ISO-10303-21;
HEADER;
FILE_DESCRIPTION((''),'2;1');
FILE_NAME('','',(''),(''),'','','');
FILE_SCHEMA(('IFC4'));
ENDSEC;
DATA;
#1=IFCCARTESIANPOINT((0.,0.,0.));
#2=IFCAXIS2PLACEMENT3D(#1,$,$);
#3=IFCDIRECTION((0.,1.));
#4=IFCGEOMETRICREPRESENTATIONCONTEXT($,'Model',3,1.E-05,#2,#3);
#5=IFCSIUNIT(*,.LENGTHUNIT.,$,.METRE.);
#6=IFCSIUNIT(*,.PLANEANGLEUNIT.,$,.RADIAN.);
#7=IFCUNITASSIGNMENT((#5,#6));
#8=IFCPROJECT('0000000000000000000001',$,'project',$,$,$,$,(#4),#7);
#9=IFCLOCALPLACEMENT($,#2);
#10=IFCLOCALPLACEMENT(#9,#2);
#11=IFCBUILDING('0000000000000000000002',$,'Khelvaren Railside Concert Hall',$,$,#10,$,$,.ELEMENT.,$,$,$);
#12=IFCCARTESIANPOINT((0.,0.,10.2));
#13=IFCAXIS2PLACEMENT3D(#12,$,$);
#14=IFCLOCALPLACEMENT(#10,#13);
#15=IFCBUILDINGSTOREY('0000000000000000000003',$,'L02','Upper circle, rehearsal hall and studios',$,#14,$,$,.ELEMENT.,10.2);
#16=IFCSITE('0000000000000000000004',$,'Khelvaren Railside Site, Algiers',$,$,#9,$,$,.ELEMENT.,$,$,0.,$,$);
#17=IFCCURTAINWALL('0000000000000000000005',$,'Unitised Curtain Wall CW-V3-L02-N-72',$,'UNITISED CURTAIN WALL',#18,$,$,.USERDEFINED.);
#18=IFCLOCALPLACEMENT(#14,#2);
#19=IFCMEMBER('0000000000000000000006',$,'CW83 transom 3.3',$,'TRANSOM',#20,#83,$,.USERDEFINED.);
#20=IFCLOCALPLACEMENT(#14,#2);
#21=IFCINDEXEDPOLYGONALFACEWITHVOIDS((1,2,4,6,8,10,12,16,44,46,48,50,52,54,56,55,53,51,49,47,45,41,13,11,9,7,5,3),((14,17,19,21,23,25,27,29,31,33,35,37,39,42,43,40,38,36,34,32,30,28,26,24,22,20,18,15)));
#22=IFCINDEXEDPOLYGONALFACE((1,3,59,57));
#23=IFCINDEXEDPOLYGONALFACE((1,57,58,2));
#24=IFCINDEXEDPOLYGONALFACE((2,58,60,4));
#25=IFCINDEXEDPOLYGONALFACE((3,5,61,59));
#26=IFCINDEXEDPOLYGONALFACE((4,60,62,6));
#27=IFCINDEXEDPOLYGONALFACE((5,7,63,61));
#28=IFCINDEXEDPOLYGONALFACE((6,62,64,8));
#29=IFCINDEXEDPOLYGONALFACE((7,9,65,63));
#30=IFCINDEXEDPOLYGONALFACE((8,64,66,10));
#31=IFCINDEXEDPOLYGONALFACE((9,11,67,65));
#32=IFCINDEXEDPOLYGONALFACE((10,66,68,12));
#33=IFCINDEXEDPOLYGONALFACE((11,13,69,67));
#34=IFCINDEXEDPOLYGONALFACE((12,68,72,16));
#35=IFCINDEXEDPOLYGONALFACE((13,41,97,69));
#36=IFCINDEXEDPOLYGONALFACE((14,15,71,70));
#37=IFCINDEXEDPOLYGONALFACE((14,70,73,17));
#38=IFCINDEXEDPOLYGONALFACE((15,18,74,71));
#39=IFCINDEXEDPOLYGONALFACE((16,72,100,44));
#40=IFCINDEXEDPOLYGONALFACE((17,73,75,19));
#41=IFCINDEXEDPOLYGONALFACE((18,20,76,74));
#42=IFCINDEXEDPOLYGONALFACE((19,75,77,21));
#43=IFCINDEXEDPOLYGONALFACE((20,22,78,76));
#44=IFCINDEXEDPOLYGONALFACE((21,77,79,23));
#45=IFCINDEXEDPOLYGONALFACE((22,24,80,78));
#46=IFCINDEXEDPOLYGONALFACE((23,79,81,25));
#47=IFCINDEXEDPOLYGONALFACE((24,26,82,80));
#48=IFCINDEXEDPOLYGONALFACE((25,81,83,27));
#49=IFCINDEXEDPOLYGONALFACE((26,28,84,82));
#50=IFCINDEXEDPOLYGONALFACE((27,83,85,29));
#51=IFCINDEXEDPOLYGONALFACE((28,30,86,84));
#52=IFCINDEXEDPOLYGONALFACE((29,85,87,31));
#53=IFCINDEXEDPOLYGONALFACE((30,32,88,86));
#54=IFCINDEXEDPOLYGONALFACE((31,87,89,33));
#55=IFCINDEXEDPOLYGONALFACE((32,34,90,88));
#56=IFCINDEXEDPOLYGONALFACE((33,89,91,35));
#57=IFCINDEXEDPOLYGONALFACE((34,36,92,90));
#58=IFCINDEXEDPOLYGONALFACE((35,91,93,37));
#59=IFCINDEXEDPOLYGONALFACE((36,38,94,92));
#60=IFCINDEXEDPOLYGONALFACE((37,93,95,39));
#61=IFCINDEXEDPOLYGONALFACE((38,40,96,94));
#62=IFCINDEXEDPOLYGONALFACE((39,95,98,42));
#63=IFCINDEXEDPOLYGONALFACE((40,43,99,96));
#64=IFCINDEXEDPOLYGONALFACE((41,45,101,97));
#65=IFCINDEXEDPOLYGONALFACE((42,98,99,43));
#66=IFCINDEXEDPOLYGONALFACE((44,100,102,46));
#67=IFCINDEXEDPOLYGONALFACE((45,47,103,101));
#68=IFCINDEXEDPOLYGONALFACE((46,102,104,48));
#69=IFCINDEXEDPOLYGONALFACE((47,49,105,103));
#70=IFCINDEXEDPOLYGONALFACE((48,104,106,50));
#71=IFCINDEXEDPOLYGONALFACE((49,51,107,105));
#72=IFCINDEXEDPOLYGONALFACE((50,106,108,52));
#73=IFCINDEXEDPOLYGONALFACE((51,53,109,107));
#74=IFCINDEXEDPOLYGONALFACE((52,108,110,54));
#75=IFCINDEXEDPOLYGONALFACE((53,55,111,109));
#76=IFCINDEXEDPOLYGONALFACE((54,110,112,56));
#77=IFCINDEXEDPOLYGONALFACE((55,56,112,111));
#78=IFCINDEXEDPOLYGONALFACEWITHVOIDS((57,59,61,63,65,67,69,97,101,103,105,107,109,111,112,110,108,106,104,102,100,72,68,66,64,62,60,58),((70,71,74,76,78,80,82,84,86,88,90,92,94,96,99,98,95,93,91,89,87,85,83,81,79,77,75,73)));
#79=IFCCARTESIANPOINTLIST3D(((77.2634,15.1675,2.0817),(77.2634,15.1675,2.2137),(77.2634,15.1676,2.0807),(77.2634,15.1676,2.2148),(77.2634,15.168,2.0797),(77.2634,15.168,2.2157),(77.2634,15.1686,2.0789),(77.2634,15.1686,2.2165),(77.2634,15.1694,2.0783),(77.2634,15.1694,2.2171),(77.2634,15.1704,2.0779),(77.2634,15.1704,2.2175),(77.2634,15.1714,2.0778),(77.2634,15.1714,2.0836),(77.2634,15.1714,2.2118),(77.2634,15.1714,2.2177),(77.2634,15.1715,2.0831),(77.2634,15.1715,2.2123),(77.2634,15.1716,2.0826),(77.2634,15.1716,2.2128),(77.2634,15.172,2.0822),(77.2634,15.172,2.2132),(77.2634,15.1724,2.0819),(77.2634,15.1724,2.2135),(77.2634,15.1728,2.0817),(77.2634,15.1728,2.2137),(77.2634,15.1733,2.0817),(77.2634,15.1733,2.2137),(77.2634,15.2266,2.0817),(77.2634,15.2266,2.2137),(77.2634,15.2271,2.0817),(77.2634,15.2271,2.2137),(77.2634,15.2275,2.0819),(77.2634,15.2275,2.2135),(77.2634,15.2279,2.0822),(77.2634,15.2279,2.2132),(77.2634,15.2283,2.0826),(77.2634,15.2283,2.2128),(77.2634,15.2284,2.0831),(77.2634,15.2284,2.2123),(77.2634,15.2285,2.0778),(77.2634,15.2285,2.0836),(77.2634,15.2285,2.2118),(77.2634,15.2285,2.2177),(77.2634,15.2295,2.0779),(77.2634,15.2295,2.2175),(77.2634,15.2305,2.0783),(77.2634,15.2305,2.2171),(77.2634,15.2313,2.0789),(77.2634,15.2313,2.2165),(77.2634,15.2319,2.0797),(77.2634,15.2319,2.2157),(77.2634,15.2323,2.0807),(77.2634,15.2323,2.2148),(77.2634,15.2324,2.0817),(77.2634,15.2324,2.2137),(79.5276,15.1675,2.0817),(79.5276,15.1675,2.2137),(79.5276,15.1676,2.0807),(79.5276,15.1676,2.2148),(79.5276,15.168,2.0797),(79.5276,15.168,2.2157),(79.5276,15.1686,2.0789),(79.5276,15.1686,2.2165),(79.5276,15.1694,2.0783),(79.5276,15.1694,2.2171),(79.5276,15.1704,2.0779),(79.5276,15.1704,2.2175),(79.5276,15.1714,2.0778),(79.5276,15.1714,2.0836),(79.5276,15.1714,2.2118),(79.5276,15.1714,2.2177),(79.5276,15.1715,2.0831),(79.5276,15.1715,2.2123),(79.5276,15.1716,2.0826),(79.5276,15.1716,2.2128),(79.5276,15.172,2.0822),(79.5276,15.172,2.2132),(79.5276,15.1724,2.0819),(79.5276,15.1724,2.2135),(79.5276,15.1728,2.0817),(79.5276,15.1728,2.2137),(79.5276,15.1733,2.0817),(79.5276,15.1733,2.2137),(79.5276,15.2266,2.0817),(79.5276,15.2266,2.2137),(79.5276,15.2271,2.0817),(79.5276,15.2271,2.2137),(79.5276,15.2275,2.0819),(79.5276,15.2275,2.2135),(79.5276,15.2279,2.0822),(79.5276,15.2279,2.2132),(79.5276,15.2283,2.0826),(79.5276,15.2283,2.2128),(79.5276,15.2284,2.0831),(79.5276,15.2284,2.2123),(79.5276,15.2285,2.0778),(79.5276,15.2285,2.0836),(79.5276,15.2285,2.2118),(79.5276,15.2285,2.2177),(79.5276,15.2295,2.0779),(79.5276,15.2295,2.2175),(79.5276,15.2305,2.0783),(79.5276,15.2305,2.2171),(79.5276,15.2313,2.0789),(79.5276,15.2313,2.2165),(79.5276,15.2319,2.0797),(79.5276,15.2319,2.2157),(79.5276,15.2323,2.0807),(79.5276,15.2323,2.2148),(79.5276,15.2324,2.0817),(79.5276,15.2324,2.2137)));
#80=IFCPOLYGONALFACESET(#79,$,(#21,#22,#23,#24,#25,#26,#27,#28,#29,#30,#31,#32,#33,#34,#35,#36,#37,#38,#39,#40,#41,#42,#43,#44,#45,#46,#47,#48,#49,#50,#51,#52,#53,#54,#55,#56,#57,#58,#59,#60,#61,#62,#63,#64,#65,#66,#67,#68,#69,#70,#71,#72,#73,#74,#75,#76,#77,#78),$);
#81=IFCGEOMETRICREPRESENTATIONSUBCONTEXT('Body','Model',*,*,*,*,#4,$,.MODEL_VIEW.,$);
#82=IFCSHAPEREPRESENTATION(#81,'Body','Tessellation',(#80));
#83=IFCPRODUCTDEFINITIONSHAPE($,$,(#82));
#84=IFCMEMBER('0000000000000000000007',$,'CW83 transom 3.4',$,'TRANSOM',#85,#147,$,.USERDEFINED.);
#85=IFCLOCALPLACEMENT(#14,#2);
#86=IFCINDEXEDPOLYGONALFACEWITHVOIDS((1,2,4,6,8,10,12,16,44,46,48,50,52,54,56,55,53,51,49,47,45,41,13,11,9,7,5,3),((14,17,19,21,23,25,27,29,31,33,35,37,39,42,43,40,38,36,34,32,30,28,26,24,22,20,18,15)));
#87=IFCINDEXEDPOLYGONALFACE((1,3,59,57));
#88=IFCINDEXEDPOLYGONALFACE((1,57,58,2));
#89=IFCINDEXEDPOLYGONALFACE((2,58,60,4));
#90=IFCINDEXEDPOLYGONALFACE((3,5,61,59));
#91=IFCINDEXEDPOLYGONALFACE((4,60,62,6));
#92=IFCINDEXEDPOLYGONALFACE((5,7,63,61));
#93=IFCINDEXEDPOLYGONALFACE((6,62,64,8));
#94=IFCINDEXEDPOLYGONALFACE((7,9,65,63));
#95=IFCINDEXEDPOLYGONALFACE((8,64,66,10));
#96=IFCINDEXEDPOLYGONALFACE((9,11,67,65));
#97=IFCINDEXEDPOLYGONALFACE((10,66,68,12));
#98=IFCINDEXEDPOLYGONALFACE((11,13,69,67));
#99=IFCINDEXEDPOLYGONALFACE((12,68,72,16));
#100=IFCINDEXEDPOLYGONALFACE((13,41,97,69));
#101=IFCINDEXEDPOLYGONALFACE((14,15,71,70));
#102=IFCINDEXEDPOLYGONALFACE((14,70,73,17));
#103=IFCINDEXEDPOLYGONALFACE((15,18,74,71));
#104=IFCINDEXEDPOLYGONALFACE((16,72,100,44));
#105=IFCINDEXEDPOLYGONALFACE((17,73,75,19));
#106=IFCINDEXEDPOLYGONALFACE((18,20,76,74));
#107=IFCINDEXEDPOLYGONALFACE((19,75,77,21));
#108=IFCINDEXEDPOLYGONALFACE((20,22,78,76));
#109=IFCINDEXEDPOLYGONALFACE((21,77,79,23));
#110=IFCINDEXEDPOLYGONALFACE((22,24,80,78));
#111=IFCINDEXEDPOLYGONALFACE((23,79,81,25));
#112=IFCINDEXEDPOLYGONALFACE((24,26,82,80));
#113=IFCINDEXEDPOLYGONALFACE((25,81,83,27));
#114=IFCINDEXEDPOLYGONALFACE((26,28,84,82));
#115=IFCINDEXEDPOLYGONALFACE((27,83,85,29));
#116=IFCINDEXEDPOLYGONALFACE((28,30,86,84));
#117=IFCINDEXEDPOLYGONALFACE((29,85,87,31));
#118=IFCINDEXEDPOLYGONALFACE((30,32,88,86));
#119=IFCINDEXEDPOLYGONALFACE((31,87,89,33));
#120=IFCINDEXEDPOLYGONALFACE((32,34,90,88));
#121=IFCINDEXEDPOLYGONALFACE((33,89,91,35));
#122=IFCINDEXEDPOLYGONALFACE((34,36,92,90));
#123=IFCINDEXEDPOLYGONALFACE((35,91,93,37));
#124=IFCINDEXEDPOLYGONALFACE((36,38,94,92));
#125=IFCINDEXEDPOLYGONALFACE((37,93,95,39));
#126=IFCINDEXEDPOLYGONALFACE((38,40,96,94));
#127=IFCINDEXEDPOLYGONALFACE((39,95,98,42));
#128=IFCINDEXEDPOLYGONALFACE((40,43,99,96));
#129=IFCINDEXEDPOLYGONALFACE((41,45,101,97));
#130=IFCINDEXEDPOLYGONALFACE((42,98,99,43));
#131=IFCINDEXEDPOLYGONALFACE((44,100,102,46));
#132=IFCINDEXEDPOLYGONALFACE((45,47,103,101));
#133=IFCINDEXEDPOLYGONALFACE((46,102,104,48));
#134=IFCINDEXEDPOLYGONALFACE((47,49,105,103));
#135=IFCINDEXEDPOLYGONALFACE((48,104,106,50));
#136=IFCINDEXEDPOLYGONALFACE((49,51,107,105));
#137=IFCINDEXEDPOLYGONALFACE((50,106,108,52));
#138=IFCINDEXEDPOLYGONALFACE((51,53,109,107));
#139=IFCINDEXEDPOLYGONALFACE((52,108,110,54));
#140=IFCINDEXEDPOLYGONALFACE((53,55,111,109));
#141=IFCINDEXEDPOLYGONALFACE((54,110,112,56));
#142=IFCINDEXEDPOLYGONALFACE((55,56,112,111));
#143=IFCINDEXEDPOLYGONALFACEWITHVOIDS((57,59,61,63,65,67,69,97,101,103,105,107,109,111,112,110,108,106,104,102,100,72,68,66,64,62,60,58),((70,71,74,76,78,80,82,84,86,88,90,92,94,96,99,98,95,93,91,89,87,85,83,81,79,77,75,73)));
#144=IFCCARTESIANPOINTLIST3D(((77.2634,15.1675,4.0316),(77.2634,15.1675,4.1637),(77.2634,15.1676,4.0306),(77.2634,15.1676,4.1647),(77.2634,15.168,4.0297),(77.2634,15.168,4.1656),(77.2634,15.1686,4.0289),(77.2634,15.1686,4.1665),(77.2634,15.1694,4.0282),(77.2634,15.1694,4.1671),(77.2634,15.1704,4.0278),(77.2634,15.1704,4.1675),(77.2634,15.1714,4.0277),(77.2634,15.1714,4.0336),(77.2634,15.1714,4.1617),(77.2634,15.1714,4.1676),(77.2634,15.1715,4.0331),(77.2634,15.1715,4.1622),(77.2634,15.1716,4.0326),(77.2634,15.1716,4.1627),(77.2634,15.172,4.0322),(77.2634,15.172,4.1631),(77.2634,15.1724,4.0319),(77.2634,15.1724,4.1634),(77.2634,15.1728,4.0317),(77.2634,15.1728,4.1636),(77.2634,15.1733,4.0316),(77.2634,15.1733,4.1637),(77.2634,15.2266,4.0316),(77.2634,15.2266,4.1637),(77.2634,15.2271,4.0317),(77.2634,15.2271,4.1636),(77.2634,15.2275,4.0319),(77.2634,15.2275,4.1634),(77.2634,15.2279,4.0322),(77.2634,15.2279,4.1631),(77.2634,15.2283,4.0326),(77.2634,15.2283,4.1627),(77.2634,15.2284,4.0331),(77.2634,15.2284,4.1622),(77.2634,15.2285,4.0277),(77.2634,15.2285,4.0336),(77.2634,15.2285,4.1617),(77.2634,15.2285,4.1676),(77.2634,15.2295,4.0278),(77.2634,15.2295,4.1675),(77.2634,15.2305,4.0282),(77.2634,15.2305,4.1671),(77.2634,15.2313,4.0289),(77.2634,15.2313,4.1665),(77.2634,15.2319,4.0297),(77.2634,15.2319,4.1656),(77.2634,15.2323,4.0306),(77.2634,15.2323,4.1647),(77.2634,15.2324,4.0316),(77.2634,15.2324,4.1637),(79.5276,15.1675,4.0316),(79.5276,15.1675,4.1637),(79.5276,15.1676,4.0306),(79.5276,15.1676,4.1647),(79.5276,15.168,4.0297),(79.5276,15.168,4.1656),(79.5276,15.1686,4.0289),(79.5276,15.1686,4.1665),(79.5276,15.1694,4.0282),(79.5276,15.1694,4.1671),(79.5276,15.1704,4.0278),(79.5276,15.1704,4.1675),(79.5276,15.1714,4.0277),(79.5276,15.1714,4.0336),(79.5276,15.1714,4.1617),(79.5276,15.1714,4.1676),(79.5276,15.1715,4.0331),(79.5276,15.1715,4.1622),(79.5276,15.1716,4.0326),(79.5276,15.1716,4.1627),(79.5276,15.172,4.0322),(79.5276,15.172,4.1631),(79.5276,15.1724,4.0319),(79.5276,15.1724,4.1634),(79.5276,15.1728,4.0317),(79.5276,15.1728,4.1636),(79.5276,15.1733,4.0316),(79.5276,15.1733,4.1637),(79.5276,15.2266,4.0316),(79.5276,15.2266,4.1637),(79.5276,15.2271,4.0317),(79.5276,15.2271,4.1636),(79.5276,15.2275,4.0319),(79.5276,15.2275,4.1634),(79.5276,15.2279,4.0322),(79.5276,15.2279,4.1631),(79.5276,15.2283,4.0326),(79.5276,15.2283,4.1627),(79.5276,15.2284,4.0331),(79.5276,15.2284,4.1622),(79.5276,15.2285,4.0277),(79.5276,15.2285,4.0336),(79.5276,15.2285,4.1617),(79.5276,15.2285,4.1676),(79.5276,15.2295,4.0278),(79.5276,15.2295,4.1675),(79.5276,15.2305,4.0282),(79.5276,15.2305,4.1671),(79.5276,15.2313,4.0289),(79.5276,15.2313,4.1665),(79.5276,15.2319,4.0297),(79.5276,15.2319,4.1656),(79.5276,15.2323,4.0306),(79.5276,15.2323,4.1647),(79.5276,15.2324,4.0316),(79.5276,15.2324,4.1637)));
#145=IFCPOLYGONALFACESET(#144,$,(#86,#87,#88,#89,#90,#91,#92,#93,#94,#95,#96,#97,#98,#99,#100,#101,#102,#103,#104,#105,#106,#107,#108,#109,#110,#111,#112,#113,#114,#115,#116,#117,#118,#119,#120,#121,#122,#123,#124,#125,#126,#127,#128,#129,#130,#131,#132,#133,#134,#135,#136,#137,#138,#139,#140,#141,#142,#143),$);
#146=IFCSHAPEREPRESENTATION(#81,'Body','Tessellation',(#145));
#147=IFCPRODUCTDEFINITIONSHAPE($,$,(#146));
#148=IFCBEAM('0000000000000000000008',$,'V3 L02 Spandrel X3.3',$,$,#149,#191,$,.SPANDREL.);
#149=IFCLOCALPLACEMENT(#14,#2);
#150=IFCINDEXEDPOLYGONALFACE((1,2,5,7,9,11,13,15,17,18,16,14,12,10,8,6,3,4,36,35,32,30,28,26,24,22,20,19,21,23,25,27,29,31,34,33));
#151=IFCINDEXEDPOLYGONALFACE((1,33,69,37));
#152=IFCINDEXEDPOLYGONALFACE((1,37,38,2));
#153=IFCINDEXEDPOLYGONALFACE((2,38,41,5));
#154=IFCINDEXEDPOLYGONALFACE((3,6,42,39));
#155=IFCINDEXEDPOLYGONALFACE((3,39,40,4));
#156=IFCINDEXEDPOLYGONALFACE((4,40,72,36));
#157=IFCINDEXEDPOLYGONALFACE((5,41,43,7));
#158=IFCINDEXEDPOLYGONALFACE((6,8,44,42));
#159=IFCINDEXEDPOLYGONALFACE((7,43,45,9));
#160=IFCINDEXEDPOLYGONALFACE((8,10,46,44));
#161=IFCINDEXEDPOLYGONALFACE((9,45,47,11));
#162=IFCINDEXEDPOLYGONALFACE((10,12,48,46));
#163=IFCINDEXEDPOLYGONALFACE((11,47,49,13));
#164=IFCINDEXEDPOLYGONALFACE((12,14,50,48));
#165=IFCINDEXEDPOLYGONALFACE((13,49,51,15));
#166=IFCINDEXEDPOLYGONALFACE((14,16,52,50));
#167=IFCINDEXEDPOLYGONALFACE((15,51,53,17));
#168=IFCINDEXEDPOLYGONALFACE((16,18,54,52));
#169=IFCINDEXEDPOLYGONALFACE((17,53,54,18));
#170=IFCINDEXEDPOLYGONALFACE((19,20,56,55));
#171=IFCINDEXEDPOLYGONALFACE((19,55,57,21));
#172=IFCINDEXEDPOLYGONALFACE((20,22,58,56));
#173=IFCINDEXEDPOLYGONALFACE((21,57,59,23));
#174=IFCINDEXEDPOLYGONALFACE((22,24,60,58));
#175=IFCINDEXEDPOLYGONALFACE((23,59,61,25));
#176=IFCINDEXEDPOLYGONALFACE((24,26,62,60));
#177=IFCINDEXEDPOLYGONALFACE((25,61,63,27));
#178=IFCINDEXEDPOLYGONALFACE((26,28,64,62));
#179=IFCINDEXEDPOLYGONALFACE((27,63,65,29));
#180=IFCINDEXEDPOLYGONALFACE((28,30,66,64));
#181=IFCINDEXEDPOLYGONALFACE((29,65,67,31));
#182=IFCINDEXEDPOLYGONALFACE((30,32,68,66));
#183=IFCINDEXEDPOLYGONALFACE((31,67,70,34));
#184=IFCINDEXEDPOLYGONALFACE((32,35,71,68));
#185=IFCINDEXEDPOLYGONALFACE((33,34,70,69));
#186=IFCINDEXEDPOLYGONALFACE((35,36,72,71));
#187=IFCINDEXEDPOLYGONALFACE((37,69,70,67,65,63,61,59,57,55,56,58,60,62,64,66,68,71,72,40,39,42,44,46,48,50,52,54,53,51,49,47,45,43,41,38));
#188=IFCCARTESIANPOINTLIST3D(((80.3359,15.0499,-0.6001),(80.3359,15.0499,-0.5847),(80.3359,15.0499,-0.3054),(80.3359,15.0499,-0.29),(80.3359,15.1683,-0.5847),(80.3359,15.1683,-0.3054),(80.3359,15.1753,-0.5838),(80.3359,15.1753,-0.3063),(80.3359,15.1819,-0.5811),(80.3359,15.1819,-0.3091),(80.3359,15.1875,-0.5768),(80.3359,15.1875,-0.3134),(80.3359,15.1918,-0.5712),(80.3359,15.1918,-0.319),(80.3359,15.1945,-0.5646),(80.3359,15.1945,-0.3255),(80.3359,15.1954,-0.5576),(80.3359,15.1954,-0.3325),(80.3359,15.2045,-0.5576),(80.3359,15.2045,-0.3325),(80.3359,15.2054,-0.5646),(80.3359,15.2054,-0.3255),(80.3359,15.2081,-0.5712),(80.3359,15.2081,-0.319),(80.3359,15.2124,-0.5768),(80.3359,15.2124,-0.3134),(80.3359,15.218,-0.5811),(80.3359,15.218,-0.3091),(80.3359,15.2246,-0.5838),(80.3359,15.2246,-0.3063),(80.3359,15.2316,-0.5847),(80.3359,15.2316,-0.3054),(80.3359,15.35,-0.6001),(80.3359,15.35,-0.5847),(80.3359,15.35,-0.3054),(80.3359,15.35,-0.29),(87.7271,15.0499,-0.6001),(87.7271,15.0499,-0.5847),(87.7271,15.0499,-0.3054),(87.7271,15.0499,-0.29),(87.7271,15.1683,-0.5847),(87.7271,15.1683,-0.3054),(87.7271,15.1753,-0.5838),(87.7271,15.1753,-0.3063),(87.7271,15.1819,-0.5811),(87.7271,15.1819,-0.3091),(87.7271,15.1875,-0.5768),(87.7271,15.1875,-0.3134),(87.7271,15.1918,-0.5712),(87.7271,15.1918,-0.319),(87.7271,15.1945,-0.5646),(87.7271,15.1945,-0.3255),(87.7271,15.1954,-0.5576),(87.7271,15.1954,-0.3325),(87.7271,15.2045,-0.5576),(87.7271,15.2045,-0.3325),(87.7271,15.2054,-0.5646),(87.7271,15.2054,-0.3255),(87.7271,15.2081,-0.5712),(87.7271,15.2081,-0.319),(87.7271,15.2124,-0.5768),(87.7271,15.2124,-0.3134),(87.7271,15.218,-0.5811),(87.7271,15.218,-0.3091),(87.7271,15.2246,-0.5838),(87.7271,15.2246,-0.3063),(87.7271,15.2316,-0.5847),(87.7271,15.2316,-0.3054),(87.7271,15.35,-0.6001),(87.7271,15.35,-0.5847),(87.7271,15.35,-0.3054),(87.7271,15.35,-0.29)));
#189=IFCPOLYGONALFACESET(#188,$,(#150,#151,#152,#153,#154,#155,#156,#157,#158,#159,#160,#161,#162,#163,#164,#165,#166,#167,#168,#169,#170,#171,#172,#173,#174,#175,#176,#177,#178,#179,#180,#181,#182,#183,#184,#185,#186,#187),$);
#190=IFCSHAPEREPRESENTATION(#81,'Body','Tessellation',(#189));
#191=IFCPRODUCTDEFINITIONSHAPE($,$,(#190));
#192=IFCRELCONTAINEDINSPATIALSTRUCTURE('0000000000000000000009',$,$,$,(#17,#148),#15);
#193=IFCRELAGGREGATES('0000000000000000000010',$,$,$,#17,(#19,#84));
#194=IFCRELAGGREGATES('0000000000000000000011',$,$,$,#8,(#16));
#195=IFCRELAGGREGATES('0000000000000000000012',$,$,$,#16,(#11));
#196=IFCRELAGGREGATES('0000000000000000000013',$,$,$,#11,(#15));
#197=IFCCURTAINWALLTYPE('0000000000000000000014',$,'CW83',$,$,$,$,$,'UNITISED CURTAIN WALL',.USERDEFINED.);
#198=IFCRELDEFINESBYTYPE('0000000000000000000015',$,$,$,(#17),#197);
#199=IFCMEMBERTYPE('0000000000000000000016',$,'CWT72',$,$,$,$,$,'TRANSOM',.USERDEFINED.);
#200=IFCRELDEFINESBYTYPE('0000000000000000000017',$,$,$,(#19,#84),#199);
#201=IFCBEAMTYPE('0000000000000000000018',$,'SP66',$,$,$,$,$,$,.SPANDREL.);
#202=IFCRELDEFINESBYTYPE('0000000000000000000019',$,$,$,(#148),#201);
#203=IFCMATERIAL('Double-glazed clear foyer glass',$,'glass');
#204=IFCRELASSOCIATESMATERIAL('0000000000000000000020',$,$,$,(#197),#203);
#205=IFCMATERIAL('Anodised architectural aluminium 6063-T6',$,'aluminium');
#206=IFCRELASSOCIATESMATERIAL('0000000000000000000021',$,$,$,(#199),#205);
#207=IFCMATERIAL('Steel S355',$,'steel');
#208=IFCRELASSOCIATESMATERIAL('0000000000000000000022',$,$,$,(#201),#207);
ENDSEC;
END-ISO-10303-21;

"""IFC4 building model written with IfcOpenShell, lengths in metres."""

from ifc_helpers import new_model, si_unit, direction, frame, origin, origin_2d, place, context, subcontext, project, spatial, hollow_rectangle, i_section, extrude, material, material_profile, profile_set, type_object, element, aggregate, save


model = new_model("IFC4")

# Units and contexts
model_context = context("Model", 3, precision=1e-05, world=origin(), true_north=direction((0.0, 1.0)))
body_context = subcontext(model_context, "Body", "Model", "MODEL_VIEW")
ifc_project = project(units=[si_unit("LENGTHUNIT", "METRE"), si_unit("PLANEANGLEUNIT", "RADIAN")], contexts=[model_context])

# Site, building, storey
site_placement = place(None, origin())
site = spatial("IfcSite", under=ifc_project, at=site_placement, Name="Khelvaren Railside Site, Algiers", CompositionType="ELEMENT", RefElevation=0.0)
building_placement = place(site_placement, origin())
building = spatial("IfcBuilding", under=site, at=building_placement, Name="Khelvaren Railside Concert Hall", CompositionType="ELEMENT")
storey_placement = place(building_placement, frame((0.0, 0.0, 10.2)))
storey = spatial("IfcBuildingStorey", under=building, at=storey_placement, Name="L02", Description="Upper circle, rehearsal hall and studios", CompositionType="ELEMENT", Elevation=10.2)

# Curtain wall, members
ifc_material_1 = material(Name="Double-glazed clear foyer glass", Category="glass")
curtain_wall_type = type_object("IfcCurtainWallType", Name="CW83", ElementType="UNITISED CURTAIN WALL", PredefinedType="USERDEFINED", material=ifc_material_1)
curtain_wall_placement = place(storey_placement, origin())
curtain_wall = element("IfcCurtainWall", 1, at=curtain_wall_placement, inside=storey, type_object=curtain_wall_type, Name="Unitised Curtain Wall CW-V3-L02-N-72", ObjectType="UNITISED CURTAIN WALL", PredefinedType="USERDEFINED")
ifc_material_2 = material(Name="Anodised architectural aluminium 6063-T6", Category="aluminium")
ifc_material_profile_1 = material_profile(ifc_material_2, hollow_rectangle(XDim=0.0649, YDim=0.1399, WallThickness=0.0039, InnerFilletRadius=0.002, OuterFilletRadius=0.0039, at=origin_2d()), Name="CWT 65x140x4")
ifc_profile_set_1 = profile_set([ifc_material_profile_1], Name="Anodised architectural aluminium 6063-T6")
member_type_1 = type_object("IfcMemberType", Name="CWT72", ElementType="TRANSOM", PredefinedType="USERDEFINED", material=ifc_profile_set_1)
member_1_placement = place(storey_placement, frame((77.2634, 15.2, 2.1477), z_axis=(1.0, 0.0, 0.0), x_axis=(0.0, 1.0, 0.0)))
member_1 = element("IfcMember", 2, at=member_1_placement, type_object=member_type_1, Name="CW83 transom 3.3", ObjectType="TRANSOM", PredefinedType="USERDEFINED", context=body_context, shape_type="SweptSolid", body=[
    extrude(hollow_rectangle(XDim=0.0649, YDim=0.1399, WallThickness=0.0039, InnerFilletRadius=0.002, OuterFilletRadius=0.0039, at=origin_2d()), origin(), (0.0, 0.0, 1.0), 2.2642),
])
member_2_placement = place(storey_placement, frame((77.2634, 15.2, 4.0977), z_axis=(1.0, 0.0, 0.0), x_axis=(0.0, 1.0, 0.0)))
member_2 = element("IfcMember", 3, at=member_2_placement, type_object=member_type_1, Name="CW83 transom 3.4", ObjectType="TRANSOM", PredefinedType="USERDEFINED", context=body_context, shape_type="SweptSolid", body=[
    extrude(hollow_rectangle(XDim=0.0649, YDim=0.1399, WallThickness=0.0039, InnerFilletRadius=0.002, OuterFilletRadius=0.0039, at=origin_2d()), origin(), (0.0, 0.0, 1.0), 2.2642),
])

# Beam
ifc_material_3 = material(Name="Steel S355", Category="steel")
ifc_material_profile_2 = material_profile(ifc_material_3, i_section(OverallWidth=0.3, OverallDepth=0.3101, WebThickness=0.009, FlangeThickness=0.0154, FilletRadius=0.0271, at=origin_2d()), Name="HEA 320")
ifc_profile_set_2 = profile_set([ifc_material_profile_2], Name="Steel S355")
beam_type = type_object("IfcBeamType", Name="SP66", PredefinedType="SPANDREL", material=ifc_profile_set_2)
beam_placement = place(storey_placement, frame((80.3359, 15.2, -0.4451), z_axis=(1.0, 0.0, 0.0), x_axis=(0.0, 1.0, 0.0)))
element("IfcBeam", 4, at=beam_placement, inside=storey, type_object=beam_type, Name="V3 L02 Spandrel X3.3", PredefinedType="SPANDREL", context=body_context, shape_type="SweptSolid", body=[
    extrude(i_section(OverallWidth=0.3, OverallDepth=0.3101, WebThickness=0.009, FlangeThickness=0.0154, FilletRadius=0.0271, at=origin_2d()), origin(), (0.0, 0.0, 1.0), 7.3911),
])

aggregate(curtain_wall, [member_1, member_2])

save(model, "model.ifc")
